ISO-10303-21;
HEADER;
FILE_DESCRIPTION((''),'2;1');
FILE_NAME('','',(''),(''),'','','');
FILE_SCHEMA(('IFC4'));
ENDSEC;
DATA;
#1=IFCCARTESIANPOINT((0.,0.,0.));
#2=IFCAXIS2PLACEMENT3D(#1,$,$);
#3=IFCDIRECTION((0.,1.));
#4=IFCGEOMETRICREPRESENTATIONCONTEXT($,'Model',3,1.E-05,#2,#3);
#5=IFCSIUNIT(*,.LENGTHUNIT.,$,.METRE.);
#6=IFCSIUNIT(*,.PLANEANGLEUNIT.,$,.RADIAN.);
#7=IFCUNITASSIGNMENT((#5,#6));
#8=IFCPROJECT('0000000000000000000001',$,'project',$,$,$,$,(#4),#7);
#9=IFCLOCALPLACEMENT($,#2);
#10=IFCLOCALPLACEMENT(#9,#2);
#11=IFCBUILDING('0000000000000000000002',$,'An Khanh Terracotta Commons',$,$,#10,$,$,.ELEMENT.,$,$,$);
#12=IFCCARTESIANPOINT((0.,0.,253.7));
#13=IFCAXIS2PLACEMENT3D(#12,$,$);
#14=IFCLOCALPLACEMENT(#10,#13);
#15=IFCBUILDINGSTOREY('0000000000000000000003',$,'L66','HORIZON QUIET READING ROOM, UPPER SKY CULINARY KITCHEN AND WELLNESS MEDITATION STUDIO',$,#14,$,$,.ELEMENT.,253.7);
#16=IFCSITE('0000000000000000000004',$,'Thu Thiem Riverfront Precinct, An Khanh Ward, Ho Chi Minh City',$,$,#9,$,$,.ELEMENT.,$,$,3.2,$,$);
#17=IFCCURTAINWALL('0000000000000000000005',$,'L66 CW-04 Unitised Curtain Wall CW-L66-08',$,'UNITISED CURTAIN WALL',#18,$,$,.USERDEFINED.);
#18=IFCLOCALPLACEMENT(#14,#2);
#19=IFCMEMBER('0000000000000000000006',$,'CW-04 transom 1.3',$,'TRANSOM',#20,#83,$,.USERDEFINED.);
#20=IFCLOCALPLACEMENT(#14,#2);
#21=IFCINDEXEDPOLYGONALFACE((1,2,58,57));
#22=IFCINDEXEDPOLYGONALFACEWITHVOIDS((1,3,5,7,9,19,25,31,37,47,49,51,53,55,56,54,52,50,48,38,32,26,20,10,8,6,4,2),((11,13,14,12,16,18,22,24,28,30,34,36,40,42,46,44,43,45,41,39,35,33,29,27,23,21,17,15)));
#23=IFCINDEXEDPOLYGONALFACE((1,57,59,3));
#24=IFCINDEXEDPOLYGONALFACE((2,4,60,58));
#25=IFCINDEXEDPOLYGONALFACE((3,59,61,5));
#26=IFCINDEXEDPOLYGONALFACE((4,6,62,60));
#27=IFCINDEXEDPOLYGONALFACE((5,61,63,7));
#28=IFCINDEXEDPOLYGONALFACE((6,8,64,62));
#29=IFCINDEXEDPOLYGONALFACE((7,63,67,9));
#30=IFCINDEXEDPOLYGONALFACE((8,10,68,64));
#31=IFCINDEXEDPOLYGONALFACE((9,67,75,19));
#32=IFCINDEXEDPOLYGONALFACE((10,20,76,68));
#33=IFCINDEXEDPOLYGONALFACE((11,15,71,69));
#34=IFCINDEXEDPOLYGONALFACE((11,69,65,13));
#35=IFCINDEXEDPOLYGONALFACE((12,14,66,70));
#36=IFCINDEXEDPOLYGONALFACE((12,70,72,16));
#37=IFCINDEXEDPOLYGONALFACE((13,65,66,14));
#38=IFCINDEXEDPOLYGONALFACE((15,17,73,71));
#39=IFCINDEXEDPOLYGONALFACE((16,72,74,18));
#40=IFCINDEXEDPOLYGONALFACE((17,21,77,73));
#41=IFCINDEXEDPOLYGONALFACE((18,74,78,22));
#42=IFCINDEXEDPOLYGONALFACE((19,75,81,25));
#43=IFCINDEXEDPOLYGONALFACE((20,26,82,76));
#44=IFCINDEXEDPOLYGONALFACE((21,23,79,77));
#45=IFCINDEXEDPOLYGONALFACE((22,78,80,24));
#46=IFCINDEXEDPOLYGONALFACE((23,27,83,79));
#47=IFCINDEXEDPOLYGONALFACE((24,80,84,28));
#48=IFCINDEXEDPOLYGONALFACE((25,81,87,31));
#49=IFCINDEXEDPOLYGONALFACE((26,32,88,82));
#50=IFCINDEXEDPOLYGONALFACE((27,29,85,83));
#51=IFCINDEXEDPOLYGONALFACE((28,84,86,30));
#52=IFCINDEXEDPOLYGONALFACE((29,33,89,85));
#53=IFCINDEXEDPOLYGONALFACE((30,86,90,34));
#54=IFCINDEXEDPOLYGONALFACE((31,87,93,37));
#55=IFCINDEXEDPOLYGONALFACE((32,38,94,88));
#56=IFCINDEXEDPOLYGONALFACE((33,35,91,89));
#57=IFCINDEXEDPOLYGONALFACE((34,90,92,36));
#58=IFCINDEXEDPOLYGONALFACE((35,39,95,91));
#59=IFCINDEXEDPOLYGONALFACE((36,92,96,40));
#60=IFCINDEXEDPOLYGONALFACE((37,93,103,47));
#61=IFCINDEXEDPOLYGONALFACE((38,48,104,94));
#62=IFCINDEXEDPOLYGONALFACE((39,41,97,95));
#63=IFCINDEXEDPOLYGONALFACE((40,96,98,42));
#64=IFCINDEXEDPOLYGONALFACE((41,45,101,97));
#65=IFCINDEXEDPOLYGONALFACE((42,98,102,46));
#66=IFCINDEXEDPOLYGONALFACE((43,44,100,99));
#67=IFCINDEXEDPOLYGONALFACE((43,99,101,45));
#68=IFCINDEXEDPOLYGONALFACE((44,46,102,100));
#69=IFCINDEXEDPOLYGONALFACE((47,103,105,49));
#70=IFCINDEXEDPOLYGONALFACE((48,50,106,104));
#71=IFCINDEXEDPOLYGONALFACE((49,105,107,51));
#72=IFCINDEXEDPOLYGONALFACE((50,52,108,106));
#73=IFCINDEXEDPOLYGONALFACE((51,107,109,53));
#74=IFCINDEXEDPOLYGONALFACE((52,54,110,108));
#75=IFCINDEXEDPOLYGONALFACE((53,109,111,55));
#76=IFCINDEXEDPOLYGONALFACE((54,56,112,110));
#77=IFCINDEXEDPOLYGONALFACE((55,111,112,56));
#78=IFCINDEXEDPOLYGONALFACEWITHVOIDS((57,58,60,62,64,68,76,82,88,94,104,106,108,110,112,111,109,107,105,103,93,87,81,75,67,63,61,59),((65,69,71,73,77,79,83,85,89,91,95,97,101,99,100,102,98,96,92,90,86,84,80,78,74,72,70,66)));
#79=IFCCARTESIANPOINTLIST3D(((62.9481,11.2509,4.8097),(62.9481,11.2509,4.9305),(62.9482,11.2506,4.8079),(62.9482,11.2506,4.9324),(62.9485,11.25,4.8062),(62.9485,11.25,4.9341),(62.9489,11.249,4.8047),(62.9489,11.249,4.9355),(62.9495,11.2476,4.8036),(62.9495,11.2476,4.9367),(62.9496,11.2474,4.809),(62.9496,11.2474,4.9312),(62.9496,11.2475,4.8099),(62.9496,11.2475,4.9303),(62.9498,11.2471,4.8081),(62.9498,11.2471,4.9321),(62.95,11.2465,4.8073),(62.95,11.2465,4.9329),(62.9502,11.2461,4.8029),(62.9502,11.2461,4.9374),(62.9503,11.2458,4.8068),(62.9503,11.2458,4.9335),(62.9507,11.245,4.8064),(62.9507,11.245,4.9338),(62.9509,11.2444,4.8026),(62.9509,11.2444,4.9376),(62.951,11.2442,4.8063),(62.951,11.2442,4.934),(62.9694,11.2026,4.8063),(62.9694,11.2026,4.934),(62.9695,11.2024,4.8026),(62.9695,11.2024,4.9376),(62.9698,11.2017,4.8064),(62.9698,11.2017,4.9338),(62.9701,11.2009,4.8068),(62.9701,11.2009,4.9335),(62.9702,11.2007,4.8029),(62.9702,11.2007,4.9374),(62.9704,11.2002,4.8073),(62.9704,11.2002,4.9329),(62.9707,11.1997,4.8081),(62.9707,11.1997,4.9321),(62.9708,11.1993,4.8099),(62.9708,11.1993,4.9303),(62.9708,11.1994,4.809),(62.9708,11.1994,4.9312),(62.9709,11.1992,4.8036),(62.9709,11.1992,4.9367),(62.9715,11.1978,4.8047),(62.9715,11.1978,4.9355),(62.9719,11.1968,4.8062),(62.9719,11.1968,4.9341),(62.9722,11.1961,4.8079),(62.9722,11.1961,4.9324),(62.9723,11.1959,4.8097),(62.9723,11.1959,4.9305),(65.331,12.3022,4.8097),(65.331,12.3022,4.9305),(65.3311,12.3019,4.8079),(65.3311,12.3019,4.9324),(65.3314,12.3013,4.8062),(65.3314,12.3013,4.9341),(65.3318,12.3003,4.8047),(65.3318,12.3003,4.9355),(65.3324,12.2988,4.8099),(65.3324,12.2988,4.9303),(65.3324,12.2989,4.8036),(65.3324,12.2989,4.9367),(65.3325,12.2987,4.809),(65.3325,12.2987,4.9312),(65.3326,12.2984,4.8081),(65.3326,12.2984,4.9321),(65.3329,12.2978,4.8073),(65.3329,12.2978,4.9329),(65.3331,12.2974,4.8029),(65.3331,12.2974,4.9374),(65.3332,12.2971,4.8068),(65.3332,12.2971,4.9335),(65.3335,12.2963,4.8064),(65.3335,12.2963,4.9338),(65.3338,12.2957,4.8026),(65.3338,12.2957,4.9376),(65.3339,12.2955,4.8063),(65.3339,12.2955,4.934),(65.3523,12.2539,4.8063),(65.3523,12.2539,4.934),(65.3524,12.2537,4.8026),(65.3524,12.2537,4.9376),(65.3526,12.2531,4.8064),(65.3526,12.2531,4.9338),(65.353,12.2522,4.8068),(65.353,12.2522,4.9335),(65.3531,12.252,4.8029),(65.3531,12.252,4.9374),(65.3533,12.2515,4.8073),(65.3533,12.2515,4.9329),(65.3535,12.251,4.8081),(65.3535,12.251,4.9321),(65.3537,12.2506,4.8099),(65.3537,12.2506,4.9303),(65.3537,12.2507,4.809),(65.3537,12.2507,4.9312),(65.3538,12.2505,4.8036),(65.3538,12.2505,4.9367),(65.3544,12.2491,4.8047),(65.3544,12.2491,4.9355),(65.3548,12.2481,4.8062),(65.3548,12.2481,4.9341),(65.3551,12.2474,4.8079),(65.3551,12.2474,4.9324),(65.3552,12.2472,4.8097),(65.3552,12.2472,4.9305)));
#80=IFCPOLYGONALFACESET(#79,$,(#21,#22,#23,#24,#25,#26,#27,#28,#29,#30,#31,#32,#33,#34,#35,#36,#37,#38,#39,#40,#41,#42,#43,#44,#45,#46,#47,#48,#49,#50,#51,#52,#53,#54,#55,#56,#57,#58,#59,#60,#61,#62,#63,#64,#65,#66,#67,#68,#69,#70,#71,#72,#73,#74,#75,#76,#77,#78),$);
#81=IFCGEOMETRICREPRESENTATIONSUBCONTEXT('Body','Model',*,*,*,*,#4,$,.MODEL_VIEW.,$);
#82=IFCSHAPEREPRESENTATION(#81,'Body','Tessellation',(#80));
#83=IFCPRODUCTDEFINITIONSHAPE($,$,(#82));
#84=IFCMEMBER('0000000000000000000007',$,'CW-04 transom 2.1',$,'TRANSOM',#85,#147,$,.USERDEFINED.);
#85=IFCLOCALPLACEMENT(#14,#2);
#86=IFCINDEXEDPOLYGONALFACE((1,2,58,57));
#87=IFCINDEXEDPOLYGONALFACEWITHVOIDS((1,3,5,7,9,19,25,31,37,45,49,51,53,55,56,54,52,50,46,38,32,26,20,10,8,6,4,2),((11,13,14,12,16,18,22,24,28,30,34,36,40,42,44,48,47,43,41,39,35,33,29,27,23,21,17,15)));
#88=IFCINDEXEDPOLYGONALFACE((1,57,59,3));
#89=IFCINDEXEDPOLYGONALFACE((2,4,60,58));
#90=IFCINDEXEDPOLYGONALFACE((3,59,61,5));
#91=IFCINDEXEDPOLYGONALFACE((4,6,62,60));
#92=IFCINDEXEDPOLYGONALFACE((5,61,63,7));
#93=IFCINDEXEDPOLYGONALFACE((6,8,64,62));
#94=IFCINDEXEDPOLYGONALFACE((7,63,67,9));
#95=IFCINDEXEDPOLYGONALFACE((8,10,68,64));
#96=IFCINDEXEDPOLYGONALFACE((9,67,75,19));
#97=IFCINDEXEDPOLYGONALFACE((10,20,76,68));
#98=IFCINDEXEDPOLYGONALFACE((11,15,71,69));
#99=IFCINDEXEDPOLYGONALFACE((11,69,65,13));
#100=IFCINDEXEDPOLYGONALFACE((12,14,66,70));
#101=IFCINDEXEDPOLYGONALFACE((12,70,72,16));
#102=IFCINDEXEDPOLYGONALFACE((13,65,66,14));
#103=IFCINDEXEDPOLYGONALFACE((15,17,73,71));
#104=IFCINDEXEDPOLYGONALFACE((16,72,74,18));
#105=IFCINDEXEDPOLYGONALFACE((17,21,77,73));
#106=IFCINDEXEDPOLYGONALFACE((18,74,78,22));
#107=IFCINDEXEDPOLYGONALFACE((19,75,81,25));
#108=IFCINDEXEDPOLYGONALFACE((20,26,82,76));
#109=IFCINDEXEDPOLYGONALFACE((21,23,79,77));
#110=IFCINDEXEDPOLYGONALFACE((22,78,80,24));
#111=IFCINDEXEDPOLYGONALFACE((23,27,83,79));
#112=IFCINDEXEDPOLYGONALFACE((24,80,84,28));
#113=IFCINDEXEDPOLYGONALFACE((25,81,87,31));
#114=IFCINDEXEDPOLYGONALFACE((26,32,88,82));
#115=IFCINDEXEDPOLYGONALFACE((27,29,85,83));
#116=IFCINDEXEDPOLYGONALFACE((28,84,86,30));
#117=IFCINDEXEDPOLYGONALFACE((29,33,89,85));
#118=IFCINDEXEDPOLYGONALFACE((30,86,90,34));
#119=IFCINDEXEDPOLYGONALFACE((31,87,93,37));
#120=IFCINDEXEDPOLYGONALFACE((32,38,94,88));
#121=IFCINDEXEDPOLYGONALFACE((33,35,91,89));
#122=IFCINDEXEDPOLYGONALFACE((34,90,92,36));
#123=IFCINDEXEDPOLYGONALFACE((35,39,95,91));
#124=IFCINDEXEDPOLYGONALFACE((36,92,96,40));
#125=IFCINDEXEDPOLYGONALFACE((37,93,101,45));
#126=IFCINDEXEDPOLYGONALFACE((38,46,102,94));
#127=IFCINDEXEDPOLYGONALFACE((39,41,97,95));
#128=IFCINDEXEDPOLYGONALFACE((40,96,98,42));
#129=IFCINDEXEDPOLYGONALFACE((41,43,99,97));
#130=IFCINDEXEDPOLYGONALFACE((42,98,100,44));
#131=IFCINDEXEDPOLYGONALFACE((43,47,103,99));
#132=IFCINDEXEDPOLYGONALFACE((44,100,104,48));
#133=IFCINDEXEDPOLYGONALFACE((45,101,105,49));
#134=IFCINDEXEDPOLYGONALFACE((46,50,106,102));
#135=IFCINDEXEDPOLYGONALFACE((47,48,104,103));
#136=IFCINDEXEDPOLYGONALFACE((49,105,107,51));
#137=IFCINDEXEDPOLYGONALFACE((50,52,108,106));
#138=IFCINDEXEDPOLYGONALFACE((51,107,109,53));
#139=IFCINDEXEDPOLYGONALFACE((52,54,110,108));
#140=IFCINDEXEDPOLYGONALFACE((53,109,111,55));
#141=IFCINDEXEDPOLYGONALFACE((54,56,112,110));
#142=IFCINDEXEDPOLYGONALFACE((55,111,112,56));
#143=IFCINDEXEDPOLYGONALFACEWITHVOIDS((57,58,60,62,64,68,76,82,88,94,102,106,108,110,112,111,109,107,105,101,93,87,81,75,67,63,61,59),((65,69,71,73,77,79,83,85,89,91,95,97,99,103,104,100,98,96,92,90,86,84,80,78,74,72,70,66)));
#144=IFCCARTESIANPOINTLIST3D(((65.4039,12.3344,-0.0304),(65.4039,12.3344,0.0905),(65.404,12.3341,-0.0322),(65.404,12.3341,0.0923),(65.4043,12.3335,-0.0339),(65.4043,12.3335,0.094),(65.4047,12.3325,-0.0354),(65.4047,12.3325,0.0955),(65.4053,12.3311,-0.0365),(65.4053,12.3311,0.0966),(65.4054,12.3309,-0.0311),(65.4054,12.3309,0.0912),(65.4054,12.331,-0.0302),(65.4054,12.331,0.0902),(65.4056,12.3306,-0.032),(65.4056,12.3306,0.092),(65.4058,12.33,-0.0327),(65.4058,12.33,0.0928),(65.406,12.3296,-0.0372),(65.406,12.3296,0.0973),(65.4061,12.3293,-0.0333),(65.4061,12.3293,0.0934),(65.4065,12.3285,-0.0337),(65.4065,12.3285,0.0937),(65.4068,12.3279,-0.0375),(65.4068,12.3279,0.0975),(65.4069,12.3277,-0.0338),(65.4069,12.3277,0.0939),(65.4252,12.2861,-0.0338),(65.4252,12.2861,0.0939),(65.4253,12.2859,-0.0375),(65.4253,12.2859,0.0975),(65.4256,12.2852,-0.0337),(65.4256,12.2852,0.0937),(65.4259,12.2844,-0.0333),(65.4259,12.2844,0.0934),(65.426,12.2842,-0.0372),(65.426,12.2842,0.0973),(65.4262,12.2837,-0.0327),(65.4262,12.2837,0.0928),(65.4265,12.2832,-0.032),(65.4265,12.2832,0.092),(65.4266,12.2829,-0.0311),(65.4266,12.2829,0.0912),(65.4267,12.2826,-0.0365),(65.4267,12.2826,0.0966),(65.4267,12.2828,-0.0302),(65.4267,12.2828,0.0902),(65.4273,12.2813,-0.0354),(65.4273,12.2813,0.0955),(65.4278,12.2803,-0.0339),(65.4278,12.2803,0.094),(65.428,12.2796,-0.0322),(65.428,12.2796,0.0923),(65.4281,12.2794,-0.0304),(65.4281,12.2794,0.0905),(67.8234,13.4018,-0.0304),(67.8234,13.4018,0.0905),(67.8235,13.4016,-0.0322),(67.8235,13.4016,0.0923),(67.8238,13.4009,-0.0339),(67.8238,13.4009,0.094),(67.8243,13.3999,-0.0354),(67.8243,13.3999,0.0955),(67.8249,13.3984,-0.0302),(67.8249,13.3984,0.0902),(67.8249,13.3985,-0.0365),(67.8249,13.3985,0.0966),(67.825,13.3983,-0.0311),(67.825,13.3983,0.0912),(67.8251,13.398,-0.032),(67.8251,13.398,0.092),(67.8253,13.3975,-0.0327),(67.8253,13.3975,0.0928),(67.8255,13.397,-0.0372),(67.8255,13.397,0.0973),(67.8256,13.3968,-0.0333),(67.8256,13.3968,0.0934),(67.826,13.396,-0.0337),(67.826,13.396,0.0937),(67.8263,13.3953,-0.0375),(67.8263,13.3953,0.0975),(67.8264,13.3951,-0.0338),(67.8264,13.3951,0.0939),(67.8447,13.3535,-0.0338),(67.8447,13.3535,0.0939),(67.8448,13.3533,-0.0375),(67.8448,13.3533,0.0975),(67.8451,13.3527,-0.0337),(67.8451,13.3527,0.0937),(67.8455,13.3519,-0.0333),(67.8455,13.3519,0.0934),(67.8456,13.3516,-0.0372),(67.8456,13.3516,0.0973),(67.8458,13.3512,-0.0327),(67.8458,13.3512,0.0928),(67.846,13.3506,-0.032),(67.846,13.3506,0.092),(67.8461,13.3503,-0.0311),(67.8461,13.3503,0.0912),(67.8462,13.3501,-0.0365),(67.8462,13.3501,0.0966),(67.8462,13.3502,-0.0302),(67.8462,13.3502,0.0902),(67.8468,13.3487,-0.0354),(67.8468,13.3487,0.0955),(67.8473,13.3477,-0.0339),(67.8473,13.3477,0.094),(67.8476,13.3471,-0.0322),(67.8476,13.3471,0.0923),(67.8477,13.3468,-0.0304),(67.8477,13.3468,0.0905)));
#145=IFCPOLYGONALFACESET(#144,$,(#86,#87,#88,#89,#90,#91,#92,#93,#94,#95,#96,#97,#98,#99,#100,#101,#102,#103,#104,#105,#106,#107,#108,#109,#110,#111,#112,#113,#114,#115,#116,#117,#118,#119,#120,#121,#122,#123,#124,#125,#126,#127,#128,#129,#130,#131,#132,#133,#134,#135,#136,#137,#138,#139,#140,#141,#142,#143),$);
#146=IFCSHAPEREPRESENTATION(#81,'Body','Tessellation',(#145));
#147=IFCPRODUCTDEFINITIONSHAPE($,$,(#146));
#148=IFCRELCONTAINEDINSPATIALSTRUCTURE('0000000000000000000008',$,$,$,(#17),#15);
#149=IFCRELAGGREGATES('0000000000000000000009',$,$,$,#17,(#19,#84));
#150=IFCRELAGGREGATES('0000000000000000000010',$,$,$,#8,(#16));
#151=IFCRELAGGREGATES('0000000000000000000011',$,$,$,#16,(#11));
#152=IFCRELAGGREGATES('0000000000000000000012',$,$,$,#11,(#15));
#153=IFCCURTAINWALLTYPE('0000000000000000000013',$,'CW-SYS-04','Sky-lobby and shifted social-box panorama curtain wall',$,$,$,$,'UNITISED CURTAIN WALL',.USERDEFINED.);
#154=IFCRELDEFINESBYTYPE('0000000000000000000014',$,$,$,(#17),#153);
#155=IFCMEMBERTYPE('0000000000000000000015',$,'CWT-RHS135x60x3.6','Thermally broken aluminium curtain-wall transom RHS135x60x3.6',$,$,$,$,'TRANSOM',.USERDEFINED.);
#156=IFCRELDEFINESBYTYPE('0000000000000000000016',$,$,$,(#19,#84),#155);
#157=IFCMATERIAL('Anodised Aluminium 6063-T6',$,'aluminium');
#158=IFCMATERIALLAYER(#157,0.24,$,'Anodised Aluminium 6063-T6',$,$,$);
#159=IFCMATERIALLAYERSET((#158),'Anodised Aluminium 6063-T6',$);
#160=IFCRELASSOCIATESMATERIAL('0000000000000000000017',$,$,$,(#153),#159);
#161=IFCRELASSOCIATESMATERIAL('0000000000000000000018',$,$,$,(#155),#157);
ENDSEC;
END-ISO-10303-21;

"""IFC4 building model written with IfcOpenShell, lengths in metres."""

from ifc_helpers import new_model, si_unit, direction, frame, origin, origin_2d, place, context, subcontext, project, spatial, hollow_rectangle, extrude, material, layer, layer_set, material_profile, profile_set, type_object, element, aggregate, save


model = new_model("IFC4")

# Units and contexts
model_context = context("Model", 3, precision=1e-05, world=origin(), true_north=direction((0.0, 1.0)))
body_context = subcontext(model_context, "Body", "Model", "MODEL_VIEW")
ifc_project = project(units=[si_unit("LENGTHUNIT", "METRE"), si_unit("PLANEANGLEUNIT", "RADIAN")], contexts=[model_context])

# Site, building, storey
site_placement = place(None, origin())
site = spatial("IfcSite", under=ifc_project, at=site_placement, Name="Thu Thiem Riverfront Precinct, An Khanh Ward, Ho Chi Minh City", CompositionType="ELEMENT", RefElevation=3.2)
building_placement = place(site_placement, origin())
building = spatial("IfcBuilding", under=site, at=building_placement, Name="An Khanh Terracotta Commons", CompositionType="ELEMENT")
storey_placement = place(building_placement, frame((0.0, 0.0, 253.7)))
storey = spatial("IfcBuildingStorey", under=building, at=storey_placement, Name="L66", Description="HORIZON QUIET READING ROOM, UPPER SKY CULINARY KITCHEN AND WELLNESS MEDITATION STUDIO", CompositionType="ELEMENT", Elevation=253.7)

# Curtain wall, members
ifc_material_1 = material(Name="Anodised Aluminium 6063-T6", Category="aluminium")
ifc_layer_1 = layer(ifc_material_1, 0.24, Name="Anodised Aluminium 6063-T6")
ifc_layer_set_1 = layer_set([ifc_layer_1], Name="Anodised Aluminium 6063-T6")
curtain_wall_type = type_object("IfcCurtainWallType", Name="CW-SYS-04", Description="Sky-lobby and shifted social-box panorama curtain wall", ElementType="UNITISED CURTAIN WALL", PredefinedType="USERDEFINED", material=ifc_layer_set_1)
curtain_wall_placement = place(storey_placement, origin())
curtain_wall = element("IfcCurtainWall", 1, at=curtain_wall_placement, inside=storey, type_object=curtain_wall_type, Name="L66 CW-04 Unitised Curtain Wall CW-L66-08", ObjectType="UNITISED CURTAIN WALL", PredefinedType="USERDEFINED")
ifc_material_profile_1 = material_profile(ifc_material_1, hollow_rectangle(XDim=0.0601, YDim=0.135, WallThickness=0.0037, InnerFilletRadius=0.0037, OuterFilletRadius=0.0071, at=origin_2d()), Name="RHS135x60x3.6")
ifc_profile_set_1 = profile_set([ifc_material_profile_1], Name="Anodised Aluminium 6063-T6")
member_type_1 = type_object("IfcMemberType", Name="CWT-RHS135x60x3.6", Description="Thermally broken aluminium curtain-wall transom RHS135x60x3.6", ElementType="TRANSOM", PredefinedType="USERDEFINED", material=ifc_profile_set_1)
member_1_placement = place(storey_placement, frame((62.9602, 11.2234, 4.8701), z_axis=(0.914914, 0.403649, 0.0), x_axis=(-0.403649, 0.914914, 0.0)))
member_1 = element("IfcMember", 2, at=member_1_placement, type_object=member_type_1, Name="CW-04 transom 1.3", ObjectType="TRANSOM", PredefinedType="USERDEFINED", context=body_context, shape_type="SweptSolid", body=[
    extrude(hollow_rectangle(XDim=0.0601, YDim=0.135, WallThickness=0.0037, InnerFilletRadius=0.0037, OuterFilletRadius=0.0071, at=origin_2d()), origin(), (0.0, 0.0, 1.0), 2.6045),
])
member_2_placement = place(storey_placement, frame((65.416, 12.3069, 0.03), z_axis=(0.91492, 0.403636, 0.0), x_axis=(-0.403636, 0.91492, 0.0)))
member_2 = element("IfcMember", 3, at=member_2_placement, type_object=member_type_1, Name="CW-04 transom 2.1", ObjectType="TRANSOM", PredefinedType="USERDEFINED", context=body_context, shape_type="SweptSolid", body=[
    extrude(hollow_rectangle(XDim=0.0601, YDim=0.135, WallThickness=0.0037, InnerFilletRadius=0.0037, OuterFilletRadius=0.0071, at=origin_2d()), origin(), (0.0, 0.0, 1.0), 2.6445),
])
aggregate(curtain_wall, [member_1, member_2])

save(model, "model.ifc")
